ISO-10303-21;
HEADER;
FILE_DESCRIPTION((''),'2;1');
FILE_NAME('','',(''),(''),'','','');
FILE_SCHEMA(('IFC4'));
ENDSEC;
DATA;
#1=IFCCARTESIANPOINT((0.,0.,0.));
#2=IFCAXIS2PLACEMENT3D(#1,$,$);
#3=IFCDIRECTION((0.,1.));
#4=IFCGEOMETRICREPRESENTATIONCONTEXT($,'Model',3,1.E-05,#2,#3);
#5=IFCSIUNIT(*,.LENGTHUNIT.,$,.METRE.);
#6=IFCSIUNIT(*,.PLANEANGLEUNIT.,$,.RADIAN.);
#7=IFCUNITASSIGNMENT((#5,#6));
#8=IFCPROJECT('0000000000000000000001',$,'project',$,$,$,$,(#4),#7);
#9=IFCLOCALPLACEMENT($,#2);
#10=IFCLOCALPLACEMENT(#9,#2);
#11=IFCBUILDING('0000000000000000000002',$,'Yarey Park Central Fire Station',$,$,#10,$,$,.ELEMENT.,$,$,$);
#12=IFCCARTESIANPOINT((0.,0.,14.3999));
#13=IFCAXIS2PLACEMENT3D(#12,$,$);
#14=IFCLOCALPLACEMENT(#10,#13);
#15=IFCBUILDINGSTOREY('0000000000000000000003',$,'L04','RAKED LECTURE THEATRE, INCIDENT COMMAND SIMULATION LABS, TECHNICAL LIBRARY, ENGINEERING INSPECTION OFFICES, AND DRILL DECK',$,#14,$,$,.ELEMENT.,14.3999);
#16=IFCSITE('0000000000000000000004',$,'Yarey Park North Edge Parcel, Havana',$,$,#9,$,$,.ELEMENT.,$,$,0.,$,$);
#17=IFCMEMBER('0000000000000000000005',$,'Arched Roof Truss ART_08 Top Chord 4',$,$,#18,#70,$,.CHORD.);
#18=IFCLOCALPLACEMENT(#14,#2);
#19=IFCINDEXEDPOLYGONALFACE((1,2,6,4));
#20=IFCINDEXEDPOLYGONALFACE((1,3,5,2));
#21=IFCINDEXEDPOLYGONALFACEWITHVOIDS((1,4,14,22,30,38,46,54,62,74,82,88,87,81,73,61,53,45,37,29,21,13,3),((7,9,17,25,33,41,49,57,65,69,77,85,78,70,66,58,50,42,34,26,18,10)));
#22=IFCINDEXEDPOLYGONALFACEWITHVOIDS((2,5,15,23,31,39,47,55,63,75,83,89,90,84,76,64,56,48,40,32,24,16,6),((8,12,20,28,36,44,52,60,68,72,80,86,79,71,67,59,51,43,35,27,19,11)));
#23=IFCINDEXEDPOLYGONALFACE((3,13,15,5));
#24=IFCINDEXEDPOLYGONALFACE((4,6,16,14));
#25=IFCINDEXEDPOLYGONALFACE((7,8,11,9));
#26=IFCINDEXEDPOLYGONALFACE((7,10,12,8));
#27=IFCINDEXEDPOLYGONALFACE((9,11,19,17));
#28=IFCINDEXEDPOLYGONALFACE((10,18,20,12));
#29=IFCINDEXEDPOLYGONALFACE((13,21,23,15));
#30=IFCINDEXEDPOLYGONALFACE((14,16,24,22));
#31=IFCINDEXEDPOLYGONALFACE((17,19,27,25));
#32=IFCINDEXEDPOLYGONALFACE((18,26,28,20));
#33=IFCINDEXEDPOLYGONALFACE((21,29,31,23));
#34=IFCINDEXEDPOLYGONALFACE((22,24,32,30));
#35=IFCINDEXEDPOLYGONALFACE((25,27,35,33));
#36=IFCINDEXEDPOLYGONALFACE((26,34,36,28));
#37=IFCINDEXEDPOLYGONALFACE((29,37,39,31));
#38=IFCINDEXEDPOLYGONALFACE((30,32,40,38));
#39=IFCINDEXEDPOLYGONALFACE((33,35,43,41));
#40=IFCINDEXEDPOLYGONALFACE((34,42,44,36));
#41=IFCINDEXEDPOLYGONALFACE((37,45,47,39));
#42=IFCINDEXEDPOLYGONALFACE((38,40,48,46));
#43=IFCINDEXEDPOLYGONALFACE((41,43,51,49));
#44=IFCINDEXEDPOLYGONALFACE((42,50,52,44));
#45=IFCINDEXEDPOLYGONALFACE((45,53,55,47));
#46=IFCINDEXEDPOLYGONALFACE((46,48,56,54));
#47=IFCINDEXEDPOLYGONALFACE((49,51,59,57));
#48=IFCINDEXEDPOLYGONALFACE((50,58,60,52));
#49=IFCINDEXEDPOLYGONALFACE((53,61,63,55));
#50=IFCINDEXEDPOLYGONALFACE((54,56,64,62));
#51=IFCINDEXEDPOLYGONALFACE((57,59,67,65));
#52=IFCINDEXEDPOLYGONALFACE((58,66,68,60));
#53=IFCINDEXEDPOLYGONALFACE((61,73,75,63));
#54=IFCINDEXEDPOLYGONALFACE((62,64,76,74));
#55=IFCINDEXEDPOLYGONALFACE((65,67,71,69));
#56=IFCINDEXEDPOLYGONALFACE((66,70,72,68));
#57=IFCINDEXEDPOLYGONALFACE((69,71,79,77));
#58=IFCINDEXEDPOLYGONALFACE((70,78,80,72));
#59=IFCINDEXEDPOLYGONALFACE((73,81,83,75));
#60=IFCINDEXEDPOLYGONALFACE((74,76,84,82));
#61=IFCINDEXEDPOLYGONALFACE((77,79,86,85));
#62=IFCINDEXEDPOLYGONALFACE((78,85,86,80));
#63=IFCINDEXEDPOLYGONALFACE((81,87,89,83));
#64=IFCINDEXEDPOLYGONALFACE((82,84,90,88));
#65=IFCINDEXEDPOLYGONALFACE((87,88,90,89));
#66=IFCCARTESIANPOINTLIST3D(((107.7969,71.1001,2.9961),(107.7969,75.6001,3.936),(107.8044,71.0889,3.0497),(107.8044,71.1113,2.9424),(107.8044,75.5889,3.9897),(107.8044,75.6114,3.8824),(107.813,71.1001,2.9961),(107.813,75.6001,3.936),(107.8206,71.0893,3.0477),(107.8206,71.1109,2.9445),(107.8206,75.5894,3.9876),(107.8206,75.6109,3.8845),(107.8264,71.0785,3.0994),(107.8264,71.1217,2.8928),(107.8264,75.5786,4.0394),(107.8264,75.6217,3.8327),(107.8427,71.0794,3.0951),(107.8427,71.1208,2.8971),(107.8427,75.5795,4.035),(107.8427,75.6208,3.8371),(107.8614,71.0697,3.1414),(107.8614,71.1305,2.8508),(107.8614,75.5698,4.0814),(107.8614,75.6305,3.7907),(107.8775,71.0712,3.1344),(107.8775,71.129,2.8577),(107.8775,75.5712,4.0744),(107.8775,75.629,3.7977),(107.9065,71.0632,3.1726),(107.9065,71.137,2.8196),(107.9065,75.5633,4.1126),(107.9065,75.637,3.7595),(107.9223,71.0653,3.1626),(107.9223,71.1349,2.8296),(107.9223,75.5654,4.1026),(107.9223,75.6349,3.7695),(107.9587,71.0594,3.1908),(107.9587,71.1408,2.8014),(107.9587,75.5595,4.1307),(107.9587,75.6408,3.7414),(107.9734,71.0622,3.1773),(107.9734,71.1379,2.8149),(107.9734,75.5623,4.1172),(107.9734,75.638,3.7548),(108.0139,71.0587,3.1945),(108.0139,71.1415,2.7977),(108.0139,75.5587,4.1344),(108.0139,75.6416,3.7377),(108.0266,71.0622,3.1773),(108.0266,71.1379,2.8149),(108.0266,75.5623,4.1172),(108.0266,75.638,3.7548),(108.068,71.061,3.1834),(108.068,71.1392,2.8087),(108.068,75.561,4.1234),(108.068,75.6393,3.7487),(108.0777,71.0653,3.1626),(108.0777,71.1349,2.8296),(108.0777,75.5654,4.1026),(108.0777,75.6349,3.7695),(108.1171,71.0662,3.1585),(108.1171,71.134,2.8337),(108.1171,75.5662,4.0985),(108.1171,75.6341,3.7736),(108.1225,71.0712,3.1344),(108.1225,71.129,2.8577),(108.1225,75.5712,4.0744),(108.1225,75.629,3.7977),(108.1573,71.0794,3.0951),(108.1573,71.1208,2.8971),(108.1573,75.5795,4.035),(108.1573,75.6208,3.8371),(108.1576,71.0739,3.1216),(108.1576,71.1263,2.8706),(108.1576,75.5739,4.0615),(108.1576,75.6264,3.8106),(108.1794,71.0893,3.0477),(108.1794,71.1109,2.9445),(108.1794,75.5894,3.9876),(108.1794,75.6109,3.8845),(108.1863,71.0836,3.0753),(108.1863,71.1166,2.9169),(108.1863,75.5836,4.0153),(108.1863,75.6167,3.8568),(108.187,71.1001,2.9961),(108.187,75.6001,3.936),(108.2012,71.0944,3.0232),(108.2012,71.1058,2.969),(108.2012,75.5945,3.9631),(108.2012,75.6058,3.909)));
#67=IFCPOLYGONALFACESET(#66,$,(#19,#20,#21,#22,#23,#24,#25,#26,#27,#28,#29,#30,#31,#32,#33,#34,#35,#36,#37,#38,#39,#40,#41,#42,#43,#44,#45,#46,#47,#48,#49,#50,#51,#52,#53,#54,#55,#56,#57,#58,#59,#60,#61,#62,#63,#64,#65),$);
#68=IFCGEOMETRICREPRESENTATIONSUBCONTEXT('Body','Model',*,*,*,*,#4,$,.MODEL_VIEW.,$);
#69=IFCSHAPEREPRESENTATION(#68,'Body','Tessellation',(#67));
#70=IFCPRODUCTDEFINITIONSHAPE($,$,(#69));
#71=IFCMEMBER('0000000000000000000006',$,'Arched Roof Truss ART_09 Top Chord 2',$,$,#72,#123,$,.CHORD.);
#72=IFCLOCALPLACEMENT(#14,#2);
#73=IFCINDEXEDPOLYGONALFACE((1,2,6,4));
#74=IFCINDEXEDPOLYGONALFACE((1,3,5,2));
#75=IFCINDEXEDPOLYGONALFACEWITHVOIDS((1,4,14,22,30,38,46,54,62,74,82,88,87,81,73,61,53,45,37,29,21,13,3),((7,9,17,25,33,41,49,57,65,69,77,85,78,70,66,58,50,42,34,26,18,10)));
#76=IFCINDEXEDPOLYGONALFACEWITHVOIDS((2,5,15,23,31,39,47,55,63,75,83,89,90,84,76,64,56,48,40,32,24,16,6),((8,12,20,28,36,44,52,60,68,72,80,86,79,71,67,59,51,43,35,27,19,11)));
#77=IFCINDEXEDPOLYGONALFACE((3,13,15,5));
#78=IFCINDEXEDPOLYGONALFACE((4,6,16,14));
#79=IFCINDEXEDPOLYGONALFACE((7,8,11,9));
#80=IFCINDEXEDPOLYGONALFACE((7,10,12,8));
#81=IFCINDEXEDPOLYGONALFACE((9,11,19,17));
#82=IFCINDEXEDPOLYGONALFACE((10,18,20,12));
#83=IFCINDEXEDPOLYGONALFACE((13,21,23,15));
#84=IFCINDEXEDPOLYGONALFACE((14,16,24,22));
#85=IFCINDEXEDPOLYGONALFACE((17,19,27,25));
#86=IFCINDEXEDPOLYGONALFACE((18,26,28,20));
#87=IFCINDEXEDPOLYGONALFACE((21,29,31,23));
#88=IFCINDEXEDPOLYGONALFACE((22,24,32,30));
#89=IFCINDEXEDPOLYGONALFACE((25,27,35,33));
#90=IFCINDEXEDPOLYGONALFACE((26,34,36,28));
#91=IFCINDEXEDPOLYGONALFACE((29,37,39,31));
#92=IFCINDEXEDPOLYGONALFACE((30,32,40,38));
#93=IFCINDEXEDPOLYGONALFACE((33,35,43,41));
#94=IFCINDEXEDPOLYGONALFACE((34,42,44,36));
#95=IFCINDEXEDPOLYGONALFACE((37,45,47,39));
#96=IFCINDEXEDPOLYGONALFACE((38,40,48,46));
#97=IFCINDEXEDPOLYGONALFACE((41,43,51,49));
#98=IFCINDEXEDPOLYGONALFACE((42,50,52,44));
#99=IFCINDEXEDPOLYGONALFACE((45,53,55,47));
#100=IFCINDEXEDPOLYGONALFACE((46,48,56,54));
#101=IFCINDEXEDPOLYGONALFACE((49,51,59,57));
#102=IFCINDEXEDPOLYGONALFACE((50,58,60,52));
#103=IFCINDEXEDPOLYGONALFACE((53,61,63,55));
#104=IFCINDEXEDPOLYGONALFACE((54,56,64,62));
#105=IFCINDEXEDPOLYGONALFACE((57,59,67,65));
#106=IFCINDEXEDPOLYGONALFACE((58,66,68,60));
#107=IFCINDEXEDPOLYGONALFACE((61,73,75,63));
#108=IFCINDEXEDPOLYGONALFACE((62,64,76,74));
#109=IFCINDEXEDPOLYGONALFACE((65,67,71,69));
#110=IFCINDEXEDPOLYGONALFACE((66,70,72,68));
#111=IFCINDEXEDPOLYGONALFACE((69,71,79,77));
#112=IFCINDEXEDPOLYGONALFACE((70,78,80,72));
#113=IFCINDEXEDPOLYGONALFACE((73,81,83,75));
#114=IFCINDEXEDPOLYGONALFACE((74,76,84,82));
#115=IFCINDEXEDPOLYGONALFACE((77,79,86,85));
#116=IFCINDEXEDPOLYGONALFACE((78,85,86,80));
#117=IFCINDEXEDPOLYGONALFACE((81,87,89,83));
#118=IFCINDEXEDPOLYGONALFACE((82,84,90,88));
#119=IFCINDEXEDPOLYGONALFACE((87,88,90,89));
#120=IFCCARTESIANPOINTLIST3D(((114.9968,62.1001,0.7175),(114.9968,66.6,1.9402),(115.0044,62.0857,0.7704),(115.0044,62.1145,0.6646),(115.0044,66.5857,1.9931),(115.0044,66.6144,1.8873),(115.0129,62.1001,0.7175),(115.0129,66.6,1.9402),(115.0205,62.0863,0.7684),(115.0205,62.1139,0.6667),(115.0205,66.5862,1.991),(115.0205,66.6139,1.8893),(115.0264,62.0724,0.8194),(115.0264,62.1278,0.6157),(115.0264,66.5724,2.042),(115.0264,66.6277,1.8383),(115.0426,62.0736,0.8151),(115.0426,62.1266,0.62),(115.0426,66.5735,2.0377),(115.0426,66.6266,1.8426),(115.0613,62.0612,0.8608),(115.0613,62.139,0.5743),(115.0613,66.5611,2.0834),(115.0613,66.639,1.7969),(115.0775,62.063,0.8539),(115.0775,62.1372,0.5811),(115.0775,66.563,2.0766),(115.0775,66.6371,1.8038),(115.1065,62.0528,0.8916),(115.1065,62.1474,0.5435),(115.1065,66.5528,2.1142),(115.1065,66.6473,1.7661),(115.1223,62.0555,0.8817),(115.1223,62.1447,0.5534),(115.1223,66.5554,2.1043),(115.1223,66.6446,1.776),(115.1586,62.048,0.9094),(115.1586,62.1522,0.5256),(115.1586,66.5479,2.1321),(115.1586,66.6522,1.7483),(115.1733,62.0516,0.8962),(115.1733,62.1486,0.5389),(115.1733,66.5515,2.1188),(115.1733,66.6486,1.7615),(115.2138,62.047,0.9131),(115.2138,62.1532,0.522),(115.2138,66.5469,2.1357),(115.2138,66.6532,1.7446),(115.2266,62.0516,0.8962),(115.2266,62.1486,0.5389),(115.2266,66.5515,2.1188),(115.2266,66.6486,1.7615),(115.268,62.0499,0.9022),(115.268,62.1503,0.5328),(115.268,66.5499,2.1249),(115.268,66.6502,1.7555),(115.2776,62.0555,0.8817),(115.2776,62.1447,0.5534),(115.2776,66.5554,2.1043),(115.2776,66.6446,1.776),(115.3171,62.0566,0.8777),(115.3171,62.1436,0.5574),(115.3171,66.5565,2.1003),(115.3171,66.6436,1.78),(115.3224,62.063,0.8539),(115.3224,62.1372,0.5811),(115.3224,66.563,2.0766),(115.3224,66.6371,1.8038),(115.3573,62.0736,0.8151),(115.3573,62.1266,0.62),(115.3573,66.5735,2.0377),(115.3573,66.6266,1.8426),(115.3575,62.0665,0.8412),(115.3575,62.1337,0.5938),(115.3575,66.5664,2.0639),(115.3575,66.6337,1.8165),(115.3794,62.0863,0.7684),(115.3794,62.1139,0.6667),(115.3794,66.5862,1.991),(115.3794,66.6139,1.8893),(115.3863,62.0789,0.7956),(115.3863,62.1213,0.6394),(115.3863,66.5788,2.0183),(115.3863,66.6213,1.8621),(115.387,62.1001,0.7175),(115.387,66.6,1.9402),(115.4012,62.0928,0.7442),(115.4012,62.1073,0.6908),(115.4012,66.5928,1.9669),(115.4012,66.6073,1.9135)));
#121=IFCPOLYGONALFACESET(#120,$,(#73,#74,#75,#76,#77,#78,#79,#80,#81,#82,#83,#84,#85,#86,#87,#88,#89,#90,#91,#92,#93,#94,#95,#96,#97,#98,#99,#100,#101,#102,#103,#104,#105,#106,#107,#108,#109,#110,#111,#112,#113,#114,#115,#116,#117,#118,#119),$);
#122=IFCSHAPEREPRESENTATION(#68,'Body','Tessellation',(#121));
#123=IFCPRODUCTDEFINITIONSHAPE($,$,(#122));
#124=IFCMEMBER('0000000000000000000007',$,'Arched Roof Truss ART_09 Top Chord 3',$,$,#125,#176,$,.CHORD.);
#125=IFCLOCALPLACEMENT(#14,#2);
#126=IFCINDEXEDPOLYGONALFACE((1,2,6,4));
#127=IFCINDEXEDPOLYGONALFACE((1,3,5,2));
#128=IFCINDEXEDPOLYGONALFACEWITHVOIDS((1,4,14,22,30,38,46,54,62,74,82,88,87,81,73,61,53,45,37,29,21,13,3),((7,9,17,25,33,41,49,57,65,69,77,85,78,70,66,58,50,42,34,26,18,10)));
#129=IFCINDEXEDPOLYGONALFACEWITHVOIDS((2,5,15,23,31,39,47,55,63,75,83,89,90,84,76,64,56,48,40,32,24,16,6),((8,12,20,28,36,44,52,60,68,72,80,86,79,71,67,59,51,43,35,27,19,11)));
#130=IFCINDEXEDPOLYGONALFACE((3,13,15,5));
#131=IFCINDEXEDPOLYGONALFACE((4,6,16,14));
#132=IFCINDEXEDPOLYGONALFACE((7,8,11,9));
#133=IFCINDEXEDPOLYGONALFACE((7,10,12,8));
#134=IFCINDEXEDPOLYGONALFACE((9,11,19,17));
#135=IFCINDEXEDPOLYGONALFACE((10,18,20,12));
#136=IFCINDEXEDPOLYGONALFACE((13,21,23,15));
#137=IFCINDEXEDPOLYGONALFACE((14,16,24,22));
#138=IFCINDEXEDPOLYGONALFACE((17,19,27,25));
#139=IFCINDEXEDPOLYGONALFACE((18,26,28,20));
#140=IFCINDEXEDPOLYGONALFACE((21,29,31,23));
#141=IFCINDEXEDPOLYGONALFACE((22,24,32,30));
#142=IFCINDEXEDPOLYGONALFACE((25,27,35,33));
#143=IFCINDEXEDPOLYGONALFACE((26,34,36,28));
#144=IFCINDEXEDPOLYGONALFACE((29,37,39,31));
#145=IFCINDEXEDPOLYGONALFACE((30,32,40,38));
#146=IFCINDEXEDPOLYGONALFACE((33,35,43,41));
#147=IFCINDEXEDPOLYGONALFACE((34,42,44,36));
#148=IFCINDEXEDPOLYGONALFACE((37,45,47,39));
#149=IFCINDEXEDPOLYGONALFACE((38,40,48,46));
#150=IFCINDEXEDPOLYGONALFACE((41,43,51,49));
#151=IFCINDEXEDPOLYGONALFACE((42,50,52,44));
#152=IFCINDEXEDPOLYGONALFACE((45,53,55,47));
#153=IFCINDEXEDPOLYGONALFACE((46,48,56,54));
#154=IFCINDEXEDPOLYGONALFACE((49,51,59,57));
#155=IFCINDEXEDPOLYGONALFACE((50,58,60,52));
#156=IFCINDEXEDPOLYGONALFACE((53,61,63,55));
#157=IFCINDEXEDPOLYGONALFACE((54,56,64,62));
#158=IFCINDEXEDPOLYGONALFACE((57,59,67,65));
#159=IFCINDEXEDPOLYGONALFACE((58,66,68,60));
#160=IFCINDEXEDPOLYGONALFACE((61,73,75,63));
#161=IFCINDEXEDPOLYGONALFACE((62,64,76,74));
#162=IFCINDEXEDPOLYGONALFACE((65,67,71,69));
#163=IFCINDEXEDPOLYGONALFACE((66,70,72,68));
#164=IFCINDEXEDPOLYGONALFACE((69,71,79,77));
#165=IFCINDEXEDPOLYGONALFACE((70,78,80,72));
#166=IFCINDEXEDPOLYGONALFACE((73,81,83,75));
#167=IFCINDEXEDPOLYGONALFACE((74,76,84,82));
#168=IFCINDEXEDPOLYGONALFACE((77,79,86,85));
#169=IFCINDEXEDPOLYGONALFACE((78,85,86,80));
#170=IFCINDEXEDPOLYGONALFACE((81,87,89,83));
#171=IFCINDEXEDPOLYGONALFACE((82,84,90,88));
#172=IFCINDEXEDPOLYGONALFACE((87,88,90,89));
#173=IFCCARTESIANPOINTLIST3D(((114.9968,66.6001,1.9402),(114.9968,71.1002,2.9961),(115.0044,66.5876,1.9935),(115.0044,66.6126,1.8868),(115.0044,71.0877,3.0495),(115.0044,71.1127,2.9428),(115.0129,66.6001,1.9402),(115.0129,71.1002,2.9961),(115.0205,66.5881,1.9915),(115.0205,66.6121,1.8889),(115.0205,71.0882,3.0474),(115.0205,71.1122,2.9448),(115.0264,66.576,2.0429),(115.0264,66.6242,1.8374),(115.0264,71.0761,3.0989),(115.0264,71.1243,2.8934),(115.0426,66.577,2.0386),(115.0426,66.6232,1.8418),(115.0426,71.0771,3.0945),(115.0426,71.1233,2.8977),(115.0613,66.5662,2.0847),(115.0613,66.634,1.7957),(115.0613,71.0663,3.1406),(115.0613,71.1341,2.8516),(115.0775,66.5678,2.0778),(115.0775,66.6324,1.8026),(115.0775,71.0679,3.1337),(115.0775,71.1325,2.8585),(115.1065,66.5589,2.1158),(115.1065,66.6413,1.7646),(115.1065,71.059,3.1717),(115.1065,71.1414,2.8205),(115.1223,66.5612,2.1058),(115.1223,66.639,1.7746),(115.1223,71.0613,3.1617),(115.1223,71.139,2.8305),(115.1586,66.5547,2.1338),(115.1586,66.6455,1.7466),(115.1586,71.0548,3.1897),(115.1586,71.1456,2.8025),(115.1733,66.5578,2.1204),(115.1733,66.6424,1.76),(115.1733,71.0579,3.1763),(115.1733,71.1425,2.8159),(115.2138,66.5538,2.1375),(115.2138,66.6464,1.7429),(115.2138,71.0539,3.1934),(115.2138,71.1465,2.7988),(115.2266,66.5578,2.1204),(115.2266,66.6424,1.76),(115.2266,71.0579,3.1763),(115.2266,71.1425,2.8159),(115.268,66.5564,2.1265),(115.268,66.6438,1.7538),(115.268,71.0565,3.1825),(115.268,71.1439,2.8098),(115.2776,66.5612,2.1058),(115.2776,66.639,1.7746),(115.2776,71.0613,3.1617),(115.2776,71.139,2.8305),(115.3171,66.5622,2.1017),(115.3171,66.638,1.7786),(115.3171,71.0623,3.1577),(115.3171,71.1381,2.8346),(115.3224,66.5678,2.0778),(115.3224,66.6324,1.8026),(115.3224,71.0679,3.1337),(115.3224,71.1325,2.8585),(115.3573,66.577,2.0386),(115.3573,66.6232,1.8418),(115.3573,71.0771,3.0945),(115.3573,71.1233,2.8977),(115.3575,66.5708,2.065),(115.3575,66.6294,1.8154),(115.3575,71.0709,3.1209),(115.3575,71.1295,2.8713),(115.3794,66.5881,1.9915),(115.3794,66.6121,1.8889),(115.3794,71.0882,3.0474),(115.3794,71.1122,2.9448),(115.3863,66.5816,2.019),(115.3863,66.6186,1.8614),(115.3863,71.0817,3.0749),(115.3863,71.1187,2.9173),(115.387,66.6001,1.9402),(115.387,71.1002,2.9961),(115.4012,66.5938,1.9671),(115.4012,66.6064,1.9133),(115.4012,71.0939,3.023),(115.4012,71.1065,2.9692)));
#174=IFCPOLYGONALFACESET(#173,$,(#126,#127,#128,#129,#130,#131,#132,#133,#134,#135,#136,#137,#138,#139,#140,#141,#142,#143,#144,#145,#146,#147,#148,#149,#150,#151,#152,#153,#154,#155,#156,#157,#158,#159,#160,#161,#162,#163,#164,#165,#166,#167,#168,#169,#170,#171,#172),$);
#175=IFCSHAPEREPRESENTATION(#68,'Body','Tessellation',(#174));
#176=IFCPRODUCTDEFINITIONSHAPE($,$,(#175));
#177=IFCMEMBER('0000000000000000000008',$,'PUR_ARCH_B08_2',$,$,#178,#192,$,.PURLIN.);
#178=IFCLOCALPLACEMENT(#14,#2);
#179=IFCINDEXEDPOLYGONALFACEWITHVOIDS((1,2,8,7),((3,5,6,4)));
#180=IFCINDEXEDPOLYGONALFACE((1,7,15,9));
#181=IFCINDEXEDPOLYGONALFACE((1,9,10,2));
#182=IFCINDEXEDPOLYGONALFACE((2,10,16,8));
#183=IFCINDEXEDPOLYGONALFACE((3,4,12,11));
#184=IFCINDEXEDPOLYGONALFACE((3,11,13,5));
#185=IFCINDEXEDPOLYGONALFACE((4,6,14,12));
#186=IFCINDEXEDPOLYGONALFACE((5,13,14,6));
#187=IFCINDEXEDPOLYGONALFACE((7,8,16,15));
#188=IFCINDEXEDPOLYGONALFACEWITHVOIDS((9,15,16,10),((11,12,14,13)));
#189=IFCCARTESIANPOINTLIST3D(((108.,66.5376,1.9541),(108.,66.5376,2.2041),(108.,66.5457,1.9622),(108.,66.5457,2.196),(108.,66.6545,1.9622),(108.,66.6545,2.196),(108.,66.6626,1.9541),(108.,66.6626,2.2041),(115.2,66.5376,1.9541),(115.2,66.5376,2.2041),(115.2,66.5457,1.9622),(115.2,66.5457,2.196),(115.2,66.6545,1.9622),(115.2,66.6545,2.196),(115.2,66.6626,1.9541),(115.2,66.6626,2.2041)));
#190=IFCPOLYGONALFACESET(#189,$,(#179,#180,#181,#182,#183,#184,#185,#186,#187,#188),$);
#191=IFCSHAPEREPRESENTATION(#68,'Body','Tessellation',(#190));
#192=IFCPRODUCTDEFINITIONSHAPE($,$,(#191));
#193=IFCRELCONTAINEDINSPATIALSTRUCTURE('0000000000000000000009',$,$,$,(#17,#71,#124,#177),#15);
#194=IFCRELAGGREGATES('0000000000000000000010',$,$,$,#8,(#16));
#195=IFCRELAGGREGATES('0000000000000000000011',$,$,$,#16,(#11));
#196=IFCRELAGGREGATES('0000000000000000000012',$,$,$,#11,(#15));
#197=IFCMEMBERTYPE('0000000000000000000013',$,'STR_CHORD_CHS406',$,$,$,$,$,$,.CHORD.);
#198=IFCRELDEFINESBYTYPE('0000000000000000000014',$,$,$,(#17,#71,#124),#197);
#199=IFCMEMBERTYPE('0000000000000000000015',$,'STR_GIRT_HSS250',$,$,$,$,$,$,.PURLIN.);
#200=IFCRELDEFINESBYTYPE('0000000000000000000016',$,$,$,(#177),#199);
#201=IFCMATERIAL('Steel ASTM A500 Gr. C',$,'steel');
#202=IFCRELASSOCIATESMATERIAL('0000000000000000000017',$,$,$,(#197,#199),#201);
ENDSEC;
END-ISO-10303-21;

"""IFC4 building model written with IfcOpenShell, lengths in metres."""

from ifc_helpers import new_model, si_unit, direction, frame, origin, origin_2d, place, context, subcontext, project, spatial, hollow_rectangle, hollow_circle, extrude, material, material_profile, profile_set, type_object, element, save


model = new_model("IFC4")

# Units and contexts
model_context = context("Model", 3, precision=1e-05, world=origin(), true_north=direction((0.0, 1.0)))
body_context = subcontext(model_context, "Body", "Model", "MODEL_VIEW")
ifc_project = project(units=[si_unit("LENGTHUNIT", "METRE"), si_unit("PLANEANGLEUNIT", "RADIAN")], contexts=[model_context])

# Site, building, storey
site_placement = place(None, origin())
site = spatial("IfcSite", under=ifc_project, at=site_placement, Name="Yarey Park North Edge Parcel, Havana", CompositionType="ELEMENT", RefElevation=0.0)
building_placement = place(site_placement, origin())
building = spatial("IfcBuilding", under=site, at=building_placement, Name="Yarey Park Central Fire Station", CompositionType="ELEMENT")
storey_placement = place(building_placement, frame((0.0, 0.0, 14.3999)))
storey = spatial("IfcBuildingStorey", under=building, at=storey_placement, Name="L04", Description="RAKED LECTURE THEATRE, INCIDENT COMMAND SIMULATION LABS, TECHNICAL LIBRARY, ENGINEERING INSPECTION OFFICES, AND DRILL DECK", CompositionType="ELEMENT", Elevation=14.3999)

# Members
ifc_material_1 = material(Name="Steel ASTM A500 Gr. C", Category="steel")
ifc_material_profile_1 = material_profile(ifc_material_1, hollow_circle(Radius=0.2031, WallThickness=0.0161, at=origin_2d()), Name="CHS 406.4x16")
ifc_profile_set_1 = profile_set([ifc_material_profile_1], Name="Steel ASTM A500 Gr. C")
member_type_1 = type_object("IfcMemberType", Name="STR_CHORD_CHS406", PredefinedType="CHORD", material=ifc_profile_set_1)
member_1_placement = place(storey_placement, frame((108.0, 71.1001, 2.9961), z_axis=(0.0, 0.978874, 0.204463), x_axis=(-1.0, 0.0, 0.0)))
element("IfcMember", 1, at=member_1_placement, inside=storey, type_object=member_type_1, Name="Arched Roof Truss ART_08 Top Chord 4", PredefinedType="CHORD", context=body_context, shape_type="SweptSolid", body=[
    extrude(hollow_circle(Radius=0.2031, WallThickness=0.0161, at=origin_2d()), origin(), (0.0, 0.0, 1.0), 4.5972),
])
member_2_placement = place(storey_placement, frame((115.2, 62.1001, 0.7175), z_axis=(0.0, 0.965015, 0.262196), x_axis=(-1.0, 0.0, 0.0)))
element("IfcMember", 2, at=member_2_placement, inside=storey, type_object=member_type_1, Name="Arched Roof Truss ART_09 Top Chord 2", PredefinedType="CHORD", context=body_context, shape_type="SweptSolid", body=[
    extrude(hollow_circle(Radius=0.2031, WallThickness=0.0161, at=origin_2d()), origin(), (0.0, 0.0, 1.0), 4.6631),
])
member_3_placement = place(storey_placement, frame((115.2, 66.6001, 1.9402), z_axis=(0.0, 0.973558, 0.228442), x_axis=(-1.0, 0.0, 0.0)))
element("IfcMember", 3, at=member_3_placement, inside=storey, type_object=member_type_1, Name="Arched Roof Truss ART_09 Top Chord 3", PredefinedType="CHORD", context=body_context, shape_type="SweptSolid", body=[
    extrude(hollow_circle(Radius=0.2031, WallThickness=0.0161, at=origin_2d()), origin(), (0.0, 0.0, 1.0), 4.6223),
])
ifc_material_profile_2 = material_profile(ifc_material_1, hollow_rectangle(XDim=0.125, YDim=0.25, WallThickness=0.0081, at=origin_2d()), Name="HSS 250x125x8")
ifc_profile_set_2 = profile_set([ifc_material_profile_2], Name="Steel ASTM A500 Gr. C")
member_type_2 = type_object("IfcMemberType", Name="STR_GIRT_HSS250", PredefinedType="PURLIN", material=ifc_profile_set_2)
member_4_placement = place(storey_placement, frame((108.0, 66.6001, 2.0791), z_axis=(1.0, 0.0, 0.0), x_axis=(0.0, 1.0, 0.0)))
element("IfcMember", 4, at=member_4_placement, inside=storey, type_object=member_type_2, Name="PUR_ARCH_B08_2", PredefinedType="PURLIN", context=body_context, shape_type="SweptSolid", body=[
    extrude(hollow_rectangle(XDim=0.125, YDim=0.25, WallThickness=0.0081, at=origin_2d()), origin(), (0.0, 0.0, 1.0), 7.2),
])

save(model, "model.ifc")
